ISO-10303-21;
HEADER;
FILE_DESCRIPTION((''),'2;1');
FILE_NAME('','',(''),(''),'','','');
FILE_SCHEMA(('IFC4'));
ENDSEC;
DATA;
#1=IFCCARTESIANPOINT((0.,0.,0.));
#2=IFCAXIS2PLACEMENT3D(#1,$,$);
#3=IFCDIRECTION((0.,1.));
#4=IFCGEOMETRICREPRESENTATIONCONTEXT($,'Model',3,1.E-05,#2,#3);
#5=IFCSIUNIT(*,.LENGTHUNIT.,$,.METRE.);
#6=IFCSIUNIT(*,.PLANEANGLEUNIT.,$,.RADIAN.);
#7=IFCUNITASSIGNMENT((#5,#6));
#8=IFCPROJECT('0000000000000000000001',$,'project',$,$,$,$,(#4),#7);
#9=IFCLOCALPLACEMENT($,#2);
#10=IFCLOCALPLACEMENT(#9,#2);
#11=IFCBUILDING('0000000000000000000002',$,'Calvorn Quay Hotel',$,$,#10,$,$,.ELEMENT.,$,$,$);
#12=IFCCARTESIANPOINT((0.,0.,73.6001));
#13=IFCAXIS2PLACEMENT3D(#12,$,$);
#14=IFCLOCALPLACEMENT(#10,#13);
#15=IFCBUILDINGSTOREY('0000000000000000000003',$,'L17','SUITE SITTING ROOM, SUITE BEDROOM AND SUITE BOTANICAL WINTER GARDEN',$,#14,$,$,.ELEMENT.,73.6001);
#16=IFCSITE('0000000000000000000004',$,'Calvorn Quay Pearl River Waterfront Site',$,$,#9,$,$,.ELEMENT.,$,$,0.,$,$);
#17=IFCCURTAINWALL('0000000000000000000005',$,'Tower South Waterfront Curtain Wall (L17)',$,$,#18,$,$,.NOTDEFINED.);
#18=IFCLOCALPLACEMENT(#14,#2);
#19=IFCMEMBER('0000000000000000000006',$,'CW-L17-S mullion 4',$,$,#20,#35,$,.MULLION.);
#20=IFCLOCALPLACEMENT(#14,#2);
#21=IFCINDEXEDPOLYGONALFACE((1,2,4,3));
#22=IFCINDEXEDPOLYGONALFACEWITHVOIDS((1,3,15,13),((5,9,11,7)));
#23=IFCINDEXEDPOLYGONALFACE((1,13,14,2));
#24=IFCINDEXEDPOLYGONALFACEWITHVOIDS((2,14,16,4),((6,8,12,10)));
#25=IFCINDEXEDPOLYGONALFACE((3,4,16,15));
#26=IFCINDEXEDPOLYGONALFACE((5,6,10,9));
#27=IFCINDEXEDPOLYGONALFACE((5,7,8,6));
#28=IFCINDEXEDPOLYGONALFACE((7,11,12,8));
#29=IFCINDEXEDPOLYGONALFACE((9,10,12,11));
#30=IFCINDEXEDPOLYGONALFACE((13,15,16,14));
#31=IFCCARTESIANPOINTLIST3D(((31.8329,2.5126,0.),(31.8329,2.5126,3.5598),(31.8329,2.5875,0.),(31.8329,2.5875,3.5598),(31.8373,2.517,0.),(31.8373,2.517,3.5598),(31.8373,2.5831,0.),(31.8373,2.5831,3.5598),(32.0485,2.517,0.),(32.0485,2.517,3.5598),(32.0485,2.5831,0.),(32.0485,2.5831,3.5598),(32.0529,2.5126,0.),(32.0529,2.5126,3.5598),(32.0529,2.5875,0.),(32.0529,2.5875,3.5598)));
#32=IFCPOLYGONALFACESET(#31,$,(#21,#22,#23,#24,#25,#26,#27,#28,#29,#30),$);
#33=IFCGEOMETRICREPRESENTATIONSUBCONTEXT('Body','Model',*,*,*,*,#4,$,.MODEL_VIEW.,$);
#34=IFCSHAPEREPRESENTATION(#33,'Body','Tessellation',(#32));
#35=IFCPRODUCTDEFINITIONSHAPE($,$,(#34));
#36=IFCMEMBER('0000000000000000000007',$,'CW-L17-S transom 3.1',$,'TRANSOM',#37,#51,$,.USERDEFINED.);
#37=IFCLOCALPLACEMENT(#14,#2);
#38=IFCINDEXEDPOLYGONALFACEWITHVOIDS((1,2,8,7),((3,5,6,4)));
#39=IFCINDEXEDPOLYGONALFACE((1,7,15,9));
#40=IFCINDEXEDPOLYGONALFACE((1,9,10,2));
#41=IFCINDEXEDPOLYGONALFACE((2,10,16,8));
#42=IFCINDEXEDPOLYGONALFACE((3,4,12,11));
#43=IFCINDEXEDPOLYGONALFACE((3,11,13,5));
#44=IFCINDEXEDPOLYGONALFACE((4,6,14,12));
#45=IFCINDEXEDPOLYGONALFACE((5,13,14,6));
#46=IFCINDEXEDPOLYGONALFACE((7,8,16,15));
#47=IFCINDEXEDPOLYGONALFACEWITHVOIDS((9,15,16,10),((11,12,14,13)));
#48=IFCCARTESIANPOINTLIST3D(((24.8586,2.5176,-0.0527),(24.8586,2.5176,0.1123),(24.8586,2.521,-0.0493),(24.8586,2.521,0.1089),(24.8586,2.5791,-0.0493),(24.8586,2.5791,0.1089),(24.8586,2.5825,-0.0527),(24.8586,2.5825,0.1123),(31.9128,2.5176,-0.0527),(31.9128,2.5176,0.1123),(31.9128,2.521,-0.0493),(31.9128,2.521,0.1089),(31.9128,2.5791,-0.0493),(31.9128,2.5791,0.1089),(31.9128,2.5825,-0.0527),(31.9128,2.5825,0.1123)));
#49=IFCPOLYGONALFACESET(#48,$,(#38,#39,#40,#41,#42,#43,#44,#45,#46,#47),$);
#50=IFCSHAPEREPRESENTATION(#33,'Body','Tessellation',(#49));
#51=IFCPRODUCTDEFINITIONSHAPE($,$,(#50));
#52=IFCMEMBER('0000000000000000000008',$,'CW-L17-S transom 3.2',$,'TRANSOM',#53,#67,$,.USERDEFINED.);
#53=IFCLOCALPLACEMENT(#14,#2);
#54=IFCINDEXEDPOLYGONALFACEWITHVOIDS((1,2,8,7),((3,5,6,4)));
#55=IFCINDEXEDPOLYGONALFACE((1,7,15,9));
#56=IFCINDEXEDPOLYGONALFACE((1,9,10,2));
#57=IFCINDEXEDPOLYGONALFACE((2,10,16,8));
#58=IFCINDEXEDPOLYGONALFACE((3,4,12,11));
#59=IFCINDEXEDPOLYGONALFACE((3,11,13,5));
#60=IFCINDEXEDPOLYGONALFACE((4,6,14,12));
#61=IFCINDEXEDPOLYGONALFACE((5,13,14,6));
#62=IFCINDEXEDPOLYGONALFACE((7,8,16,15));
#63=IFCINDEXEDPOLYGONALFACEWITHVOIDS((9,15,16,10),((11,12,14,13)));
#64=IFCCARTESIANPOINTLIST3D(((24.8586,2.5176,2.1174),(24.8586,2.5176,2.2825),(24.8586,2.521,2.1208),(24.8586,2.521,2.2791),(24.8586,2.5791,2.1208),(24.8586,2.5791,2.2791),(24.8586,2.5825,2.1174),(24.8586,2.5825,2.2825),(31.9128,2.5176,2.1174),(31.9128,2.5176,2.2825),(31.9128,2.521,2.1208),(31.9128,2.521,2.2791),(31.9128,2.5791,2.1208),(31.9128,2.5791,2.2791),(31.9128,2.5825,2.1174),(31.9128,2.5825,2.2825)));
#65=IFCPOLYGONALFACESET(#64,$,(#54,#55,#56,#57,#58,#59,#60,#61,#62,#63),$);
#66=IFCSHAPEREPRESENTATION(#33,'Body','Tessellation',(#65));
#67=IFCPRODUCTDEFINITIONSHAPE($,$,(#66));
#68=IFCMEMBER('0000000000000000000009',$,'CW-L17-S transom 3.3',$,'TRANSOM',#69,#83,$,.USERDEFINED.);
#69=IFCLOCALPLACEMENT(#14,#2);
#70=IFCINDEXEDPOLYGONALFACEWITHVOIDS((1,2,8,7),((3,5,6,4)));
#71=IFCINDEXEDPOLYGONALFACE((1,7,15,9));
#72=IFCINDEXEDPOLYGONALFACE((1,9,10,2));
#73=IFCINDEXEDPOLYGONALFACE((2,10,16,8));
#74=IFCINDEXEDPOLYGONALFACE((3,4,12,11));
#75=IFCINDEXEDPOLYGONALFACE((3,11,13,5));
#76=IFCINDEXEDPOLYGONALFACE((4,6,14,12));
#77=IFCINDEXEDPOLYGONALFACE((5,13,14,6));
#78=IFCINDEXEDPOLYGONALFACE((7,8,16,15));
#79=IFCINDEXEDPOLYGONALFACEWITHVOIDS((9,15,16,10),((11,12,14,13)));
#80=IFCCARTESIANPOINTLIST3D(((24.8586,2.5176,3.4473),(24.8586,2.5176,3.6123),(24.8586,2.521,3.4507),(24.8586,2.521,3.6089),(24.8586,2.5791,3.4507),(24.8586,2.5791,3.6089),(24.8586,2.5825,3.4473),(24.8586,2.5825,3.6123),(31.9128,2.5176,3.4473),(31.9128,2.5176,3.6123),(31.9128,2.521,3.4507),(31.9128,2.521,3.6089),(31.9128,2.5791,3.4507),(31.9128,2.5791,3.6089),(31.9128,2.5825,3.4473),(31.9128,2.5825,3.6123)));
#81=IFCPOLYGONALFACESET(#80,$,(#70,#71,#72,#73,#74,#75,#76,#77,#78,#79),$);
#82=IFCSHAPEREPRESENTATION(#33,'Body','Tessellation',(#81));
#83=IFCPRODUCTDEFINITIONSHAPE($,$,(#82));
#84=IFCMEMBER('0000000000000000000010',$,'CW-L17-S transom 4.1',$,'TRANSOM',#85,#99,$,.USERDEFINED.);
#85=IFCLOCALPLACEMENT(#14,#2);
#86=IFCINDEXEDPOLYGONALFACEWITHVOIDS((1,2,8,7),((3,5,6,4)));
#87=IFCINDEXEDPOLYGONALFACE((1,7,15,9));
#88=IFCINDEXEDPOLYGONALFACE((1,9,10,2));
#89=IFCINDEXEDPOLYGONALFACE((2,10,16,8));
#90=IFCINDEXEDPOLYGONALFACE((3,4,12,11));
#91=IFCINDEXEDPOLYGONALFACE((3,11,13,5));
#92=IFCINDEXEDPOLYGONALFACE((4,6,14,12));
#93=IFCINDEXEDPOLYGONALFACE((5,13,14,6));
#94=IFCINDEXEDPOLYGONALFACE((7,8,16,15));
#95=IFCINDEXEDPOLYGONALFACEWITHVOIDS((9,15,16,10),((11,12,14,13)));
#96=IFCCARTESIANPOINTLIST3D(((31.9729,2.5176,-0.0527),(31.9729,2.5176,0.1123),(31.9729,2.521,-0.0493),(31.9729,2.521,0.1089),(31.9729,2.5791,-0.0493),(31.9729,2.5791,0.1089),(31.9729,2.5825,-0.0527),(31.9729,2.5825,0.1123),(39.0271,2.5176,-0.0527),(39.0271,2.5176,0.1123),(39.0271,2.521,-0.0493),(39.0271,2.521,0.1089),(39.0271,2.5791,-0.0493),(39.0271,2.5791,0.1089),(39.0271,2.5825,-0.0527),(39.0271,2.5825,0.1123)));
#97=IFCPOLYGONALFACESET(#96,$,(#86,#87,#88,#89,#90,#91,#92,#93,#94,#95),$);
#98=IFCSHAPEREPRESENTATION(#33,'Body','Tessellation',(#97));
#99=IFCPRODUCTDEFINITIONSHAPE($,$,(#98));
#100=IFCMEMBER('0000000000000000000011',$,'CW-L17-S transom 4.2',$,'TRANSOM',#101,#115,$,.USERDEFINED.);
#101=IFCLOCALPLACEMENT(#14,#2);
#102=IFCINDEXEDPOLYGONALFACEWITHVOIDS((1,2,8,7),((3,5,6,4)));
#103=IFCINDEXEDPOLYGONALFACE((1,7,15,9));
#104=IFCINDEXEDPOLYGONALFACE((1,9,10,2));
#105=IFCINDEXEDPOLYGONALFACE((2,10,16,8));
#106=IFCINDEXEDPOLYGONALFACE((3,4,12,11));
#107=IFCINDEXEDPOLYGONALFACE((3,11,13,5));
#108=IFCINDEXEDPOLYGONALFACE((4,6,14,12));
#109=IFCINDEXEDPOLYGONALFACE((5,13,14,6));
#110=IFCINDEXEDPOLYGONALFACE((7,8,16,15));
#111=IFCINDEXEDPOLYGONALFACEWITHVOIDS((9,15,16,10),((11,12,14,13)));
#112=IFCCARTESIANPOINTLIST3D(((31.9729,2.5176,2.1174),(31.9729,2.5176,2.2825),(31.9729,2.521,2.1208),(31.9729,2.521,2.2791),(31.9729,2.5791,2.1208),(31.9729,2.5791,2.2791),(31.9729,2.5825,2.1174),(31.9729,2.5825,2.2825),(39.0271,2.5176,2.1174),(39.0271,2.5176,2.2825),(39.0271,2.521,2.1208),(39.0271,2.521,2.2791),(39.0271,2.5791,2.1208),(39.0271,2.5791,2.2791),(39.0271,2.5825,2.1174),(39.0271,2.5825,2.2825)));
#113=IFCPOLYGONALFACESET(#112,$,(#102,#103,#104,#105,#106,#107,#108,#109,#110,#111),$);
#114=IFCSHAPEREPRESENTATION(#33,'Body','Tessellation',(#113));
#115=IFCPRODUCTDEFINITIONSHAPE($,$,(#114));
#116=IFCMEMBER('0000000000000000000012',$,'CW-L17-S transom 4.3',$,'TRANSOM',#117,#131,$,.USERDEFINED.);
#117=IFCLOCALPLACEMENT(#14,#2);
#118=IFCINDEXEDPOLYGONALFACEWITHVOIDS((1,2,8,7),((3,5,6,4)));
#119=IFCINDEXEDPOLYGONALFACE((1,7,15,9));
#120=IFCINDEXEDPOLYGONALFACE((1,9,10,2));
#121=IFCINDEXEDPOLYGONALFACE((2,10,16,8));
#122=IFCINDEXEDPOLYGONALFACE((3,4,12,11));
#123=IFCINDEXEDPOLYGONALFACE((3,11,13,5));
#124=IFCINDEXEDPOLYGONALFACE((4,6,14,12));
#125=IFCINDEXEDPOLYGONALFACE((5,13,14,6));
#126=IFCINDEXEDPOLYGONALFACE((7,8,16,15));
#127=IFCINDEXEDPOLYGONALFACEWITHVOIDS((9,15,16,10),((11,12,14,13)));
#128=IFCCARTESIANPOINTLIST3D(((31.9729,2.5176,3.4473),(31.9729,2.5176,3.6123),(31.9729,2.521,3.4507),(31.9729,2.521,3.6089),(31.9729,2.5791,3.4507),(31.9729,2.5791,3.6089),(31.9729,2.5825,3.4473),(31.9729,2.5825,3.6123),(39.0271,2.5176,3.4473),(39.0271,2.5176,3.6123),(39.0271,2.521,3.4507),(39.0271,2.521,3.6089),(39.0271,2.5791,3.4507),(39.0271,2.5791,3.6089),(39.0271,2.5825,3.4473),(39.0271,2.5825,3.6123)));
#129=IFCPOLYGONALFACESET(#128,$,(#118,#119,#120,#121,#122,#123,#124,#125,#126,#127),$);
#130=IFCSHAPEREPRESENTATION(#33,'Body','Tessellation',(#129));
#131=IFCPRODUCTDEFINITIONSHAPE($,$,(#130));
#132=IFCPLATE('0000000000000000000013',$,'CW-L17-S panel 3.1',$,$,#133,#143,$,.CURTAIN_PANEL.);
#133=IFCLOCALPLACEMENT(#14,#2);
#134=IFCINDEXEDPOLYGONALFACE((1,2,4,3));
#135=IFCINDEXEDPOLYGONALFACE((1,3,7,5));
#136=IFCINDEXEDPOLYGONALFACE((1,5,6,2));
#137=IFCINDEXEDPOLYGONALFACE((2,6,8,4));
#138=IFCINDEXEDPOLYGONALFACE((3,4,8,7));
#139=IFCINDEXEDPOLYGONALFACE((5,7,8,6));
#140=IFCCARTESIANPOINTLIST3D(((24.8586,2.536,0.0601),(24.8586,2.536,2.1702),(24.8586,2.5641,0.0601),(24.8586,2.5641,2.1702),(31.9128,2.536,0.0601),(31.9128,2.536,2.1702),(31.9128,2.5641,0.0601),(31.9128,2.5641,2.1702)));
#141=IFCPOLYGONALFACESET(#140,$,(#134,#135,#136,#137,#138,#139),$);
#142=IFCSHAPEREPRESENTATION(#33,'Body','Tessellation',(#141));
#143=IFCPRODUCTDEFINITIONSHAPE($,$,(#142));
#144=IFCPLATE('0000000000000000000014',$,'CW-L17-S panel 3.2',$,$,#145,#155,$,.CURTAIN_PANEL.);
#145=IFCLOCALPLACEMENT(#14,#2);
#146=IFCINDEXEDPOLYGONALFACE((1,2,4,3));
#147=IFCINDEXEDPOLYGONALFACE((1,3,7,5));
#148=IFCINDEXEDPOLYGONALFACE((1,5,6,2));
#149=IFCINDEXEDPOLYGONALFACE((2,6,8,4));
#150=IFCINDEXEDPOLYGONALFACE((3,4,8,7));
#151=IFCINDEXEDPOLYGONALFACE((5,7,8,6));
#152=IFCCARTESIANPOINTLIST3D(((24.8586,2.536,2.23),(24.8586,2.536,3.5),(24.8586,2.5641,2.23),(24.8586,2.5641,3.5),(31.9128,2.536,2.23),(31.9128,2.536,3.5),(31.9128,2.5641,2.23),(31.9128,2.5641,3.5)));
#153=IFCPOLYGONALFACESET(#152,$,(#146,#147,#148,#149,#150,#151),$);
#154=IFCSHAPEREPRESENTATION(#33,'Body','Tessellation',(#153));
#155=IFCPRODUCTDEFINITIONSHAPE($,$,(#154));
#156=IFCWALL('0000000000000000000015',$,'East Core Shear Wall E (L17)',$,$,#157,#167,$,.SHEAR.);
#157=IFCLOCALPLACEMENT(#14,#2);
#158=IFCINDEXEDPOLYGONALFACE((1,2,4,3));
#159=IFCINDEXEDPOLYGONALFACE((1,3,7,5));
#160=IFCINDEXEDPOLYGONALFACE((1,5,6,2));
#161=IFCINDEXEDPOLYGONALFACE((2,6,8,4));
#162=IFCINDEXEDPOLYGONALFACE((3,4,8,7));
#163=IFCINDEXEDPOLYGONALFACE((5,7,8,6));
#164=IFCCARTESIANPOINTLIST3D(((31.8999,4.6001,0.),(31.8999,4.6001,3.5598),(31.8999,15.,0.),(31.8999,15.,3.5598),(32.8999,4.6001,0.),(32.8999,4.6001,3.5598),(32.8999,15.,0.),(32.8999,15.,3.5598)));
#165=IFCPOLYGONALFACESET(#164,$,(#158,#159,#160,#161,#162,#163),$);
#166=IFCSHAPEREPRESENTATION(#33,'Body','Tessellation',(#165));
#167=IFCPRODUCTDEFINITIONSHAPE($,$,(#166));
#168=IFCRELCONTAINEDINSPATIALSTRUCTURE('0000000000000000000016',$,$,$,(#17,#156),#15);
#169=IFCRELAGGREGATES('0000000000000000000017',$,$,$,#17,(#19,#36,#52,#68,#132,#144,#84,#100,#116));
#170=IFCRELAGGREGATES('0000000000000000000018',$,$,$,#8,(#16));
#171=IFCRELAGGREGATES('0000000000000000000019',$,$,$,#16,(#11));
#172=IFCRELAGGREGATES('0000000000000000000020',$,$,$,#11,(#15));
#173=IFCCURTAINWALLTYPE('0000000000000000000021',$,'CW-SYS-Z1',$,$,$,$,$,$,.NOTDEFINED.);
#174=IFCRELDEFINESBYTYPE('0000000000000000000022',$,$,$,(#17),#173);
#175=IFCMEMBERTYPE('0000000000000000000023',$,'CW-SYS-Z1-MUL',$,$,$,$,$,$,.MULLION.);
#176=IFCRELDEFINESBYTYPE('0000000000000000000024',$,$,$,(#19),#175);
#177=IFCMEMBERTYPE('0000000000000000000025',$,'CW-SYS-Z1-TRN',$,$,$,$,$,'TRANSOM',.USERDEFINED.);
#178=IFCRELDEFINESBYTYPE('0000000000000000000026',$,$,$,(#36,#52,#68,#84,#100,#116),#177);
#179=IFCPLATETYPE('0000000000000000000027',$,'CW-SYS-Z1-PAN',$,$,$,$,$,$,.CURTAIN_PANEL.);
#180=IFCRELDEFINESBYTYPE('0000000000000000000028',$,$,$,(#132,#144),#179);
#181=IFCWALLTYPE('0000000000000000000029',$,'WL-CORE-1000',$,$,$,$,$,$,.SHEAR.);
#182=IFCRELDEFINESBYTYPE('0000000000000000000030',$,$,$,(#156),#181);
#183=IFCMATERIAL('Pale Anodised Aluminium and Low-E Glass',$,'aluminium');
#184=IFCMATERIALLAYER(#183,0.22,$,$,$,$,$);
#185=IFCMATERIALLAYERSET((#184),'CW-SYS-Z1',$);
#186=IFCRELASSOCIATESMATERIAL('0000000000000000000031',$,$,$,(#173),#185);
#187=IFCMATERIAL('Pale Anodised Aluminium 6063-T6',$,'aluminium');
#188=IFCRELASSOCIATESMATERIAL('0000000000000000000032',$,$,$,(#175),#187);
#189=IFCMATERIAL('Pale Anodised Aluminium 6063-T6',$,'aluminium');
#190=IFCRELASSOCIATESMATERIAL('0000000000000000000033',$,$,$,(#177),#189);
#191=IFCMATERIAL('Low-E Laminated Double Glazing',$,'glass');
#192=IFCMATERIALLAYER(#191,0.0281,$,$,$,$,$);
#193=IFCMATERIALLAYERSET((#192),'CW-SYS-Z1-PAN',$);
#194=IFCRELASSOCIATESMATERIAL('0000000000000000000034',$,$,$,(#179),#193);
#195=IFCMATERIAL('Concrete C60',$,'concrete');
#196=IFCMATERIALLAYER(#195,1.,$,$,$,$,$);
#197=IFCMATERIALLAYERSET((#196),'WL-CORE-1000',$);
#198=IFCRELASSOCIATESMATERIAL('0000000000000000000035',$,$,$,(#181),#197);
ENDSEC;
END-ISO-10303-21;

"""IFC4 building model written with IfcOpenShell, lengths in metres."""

from ifc_helpers import new_model, si_unit, direction, frame, frame_2d, origin, origin_2d, place, context, subcontext, project, spatial, rectangle, hollow_rectangle, extrude, material, layer, layer_set, material_profile, profile_set, type_object, element, aggregate, save


model = new_model("IFC4")

# Units and contexts
model_context = context("Model", 3, precision=1e-05, world=origin(), true_north=direction((0.0, 1.0)))
body_context = subcontext(model_context, "Body", "Model", "MODEL_VIEW")
ifc_project = project(units=[si_unit("LENGTHUNIT", "METRE"), si_unit("PLANEANGLEUNIT", "RADIAN")], contexts=[model_context])

# Site, building, storey
site_placement = place(None, origin())
site = spatial("IfcSite", under=ifc_project, at=site_placement, Name="Calvorn Quay Pearl River Waterfront Site", CompositionType="ELEMENT", RefElevation=0.0)
building_placement = place(site_placement, origin())
building = spatial("IfcBuilding", under=site, at=building_placement, Name="Calvorn Quay Hotel", CompositionType="ELEMENT")
storey_placement = place(building_placement, frame((0.0, 0.0, 73.6001)))
storey = spatial("IfcBuildingStorey", under=building, at=storey_placement, Name="L17", Description="SUITE SITTING ROOM, SUITE BEDROOM AND SUITE BOTANICAL WINTER GARDEN", CompositionType="ELEMENT", Elevation=73.6001)

# Curtain wall, members, plates
ifc_material_1 = material(Name="Pale Anodised Aluminium and Low-E Glass", Category="aluminium")
ifc_layer_1 = layer(ifc_material_1, 0.22)
ifc_layer_set_1 = layer_set([ifc_layer_1], Name="CW-SYS-Z1")
curtain_wall_type = type_object("IfcCurtainWallType", Name="CW-SYS-Z1", PredefinedType="NOTDEFINED", material=ifc_layer_set_1)
curtain_wall_placement = place(storey_placement, origin())
curtain_wall = element("IfcCurtainWall", 1, at=curtain_wall_placement, inside=storey, type_object=curtain_wall_type, Name="Tower South Waterfront Curtain Wall (L17)", PredefinedType="NOTDEFINED")
ifc_material_2 = material(Name="Pale Anodised Aluminium 6063-T6", Category="aluminium")
ifc_material_profile_1 = material_profile(ifc_material_2, hollow_rectangle(XDim=0.075, YDim=0.22, WallThickness=0.0044, at=origin_2d()), Name="ALU-M220x75x4.5")
ifc_profile_set_1 = profile_set([ifc_material_profile_1], Name="Pale Anodised Aluminium 6063-T6")
member_type_1 = type_object("IfcMemberType", Name="CW-SYS-Z1-MUL", PredefinedType="MULLION", material=ifc_profile_set_1)
member_1_placement = place(storey_placement, frame((31.9429, 2.55, 0.0), z_axis=(0.0, 0.0, 1.0), x_axis=(0.0, 1.0, 0.0)))
member_1 = element("IfcMember", 2, at=member_1_placement, type_object=member_type_1, Name="CW-L17-S mullion 4", PredefinedType="MULLION", context=body_context, shape_type="SweptSolid", body=[
    extrude(hollow_rectangle(XDim=0.075, YDim=0.22, WallThickness=0.0044, at=origin_2d()), origin(), (0.0, 0.0, 1.0), 3.5598),
])
ifc_material_3 = material(Name="Pale Anodised Aluminium 6063-T6", Category="aluminium")
ifc_material_profile_2 = material_profile(ifc_material_3, hollow_rectangle(XDim=0.0649, YDim=0.165, WallThickness=0.0034, at=origin_2d()), Name="ALU-T165x65x3.5")
ifc_profile_set_2 = profile_set([ifc_material_profile_2], Name="Pale Anodised Aluminium 6063-T6")
member_type_2 = type_object("IfcMemberType", Name="CW-SYS-Z1-TRN", ElementType="TRANSOM", PredefinedType="USERDEFINED", material=ifc_profile_set_2)
member_2_placement = place(storey_placement, frame((24.8586, 2.55, 0.0298), z_axis=(1.0, 0.0, 0.0), x_axis=(0.0, 1.0, 0.0)))
member_2 = element("IfcMember", 3, at=member_2_placement, type_object=member_type_2, Name="CW-L17-S transom 3.1", ObjectType="TRANSOM", PredefinedType="USERDEFINED", context=body_context, shape_type="SweptSolid", body=[
    extrude(hollow_rectangle(XDim=0.0649, YDim=0.165, WallThickness=0.0034, at=origin_2d()), origin(), (0.0, 0.0, 1.0), 7.0542),
])
member_3_placement = place(storey_placement, frame((24.8586, 2.55, 2.2), z_axis=(1.0, 0.0, 0.0), x_axis=(0.0, 1.0, 0.0)))
member_3 = element("IfcMember", 4, at=member_3_placement, type_object=member_type_2, Name="CW-L17-S transom 3.2", ObjectType="TRANSOM", PredefinedType="USERDEFINED", context=body_context, shape_type="SweptSolid", body=[
    extrude(hollow_rectangle(XDim=0.0649, YDim=0.165, WallThickness=0.0034, at=origin_2d()), origin(), (0.0, 0.0, 1.0), 7.0542),
])
member_4_placement = place(storey_placement, frame((24.8586, 2.55, 3.5298), z_axis=(1.0, 0.0, 0.0), x_axis=(0.0, 1.0, 0.0)))
member_4 = element("IfcMember", 5, at=member_4_placement, type_object=member_type_2, Name="CW-L17-S transom 3.3", ObjectType="TRANSOM", PredefinedType="USERDEFINED", context=body_context, shape_type="SweptSolid", body=[
    extrude(hollow_rectangle(XDim=0.0649, YDim=0.165, WallThickness=0.0034, at=origin_2d()), origin(), (0.0, 0.0, 1.0), 7.0542),
])
member_5_placement = place(storey_placement, frame((31.9729, 2.55, 0.0298), z_axis=(1.0, 0.0, 0.0), x_axis=(0.0, 1.0, 0.0)))
member_5 = element("IfcMember", 6, at=member_5_placement, type_object=member_type_2, Name="CW-L17-S transom 4.1", ObjectType="TRANSOM", PredefinedType="USERDEFINED", context=body_context, shape_type="SweptSolid", body=[
    extrude(hollow_rectangle(XDim=0.0649, YDim=0.165, WallThickness=0.0034, at=origin_2d()), origin(), (0.0, 0.0, 1.0), 7.0542),
])
member_6_placement = place(storey_placement, frame((31.9729, 2.55, 2.2), z_axis=(1.0, 0.0, 0.0), x_axis=(0.0, 1.0, 0.0)))
member_6 = element("IfcMember", 7, at=member_6_placement, type_object=member_type_2, Name="CW-L17-S transom 4.2", ObjectType="TRANSOM", PredefinedType="USERDEFINED", context=body_context, shape_type="SweptSolid", body=[
    extrude(hollow_rectangle(XDim=0.0649, YDim=0.165, WallThickness=0.0034, at=origin_2d()), origin(), (0.0, 0.0, 1.0), 7.0542),
])
member_7_placement = place(storey_placement, frame((31.9729, 2.55, 3.5298), z_axis=(1.0, 0.0, 0.0), x_axis=(0.0, 1.0, 0.0)))
member_7 = element("IfcMember", 8, at=member_7_placement, type_object=member_type_2, Name="CW-L17-S transom 4.3", ObjectType="TRANSOM", PredefinedType="USERDEFINED", context=body_context, shape_type="SweptSolid", body=[
    extrude(hollow_rectangle(XDim=0.0649, YDim=0.165, WallThickness=0.0034, at=origin_2d()), origin(), (0.0, 0.0, 1.0), 7.0542),
])
ifc_material_4 = material(Name="Low-E Laminated Double Glazing", Category="glass")
ifc_layer_2 = layer(ifc_material_4, 0.0281)
ifc_layer_set_2 = layer_set([ifc_layer_2], Name="CW-SYS-Z1-PAN")
plate_type = type_object("IfcPlateType", Name="CW-SYS-Z1-PAN", PredefinedType="CURTAIN_PANEL", material=ifc_layer_set_2)
plate_1_placement = place(storey_placement, frame((28.3857, 2.55, 0.0601), z_axis=(0.0, 0.0, 1.0), x_axis=(1.0, 0.0, 0.0)))
plate_1 = element("IfcPlate", 9, at=plate_1_placement, type_object=plate_type, Name="CW-L17-S panel 3.1", PredefinedType="CURTAIN_PANEL", context=body_context, shape_type="SweptSolid", body=[
    extrude(rectangle(XDim=7.0542, YDim=0.0281, at=origin_2d()), origin(), (0.0, 0.0, 1.0), 2.1101),
])
plate_2_placement = place(storey_placement, frame((28.3857, 2.55, 2.23), z_axis=(0.0, 0.0, 1.0), x_axis=(1.0, 0.0, 0.0)))
plate_2 = element("IfcPlate", 10, at=plate_2_placement, type_object=plate_type, Name="CW-L17-S panel 3.2", PredefinedType="CURTAIN_PANEL", context=body_context, shape_type="SweptSolid", body=[
    extrude(rectangle(XDim=7.0542, YDim=0.0281, at=origin_2d()), origin(), (0.0, 0.0, 1.0), 1.27),
])
aggregate(curtain_wall, [member_1, member_2, member_3, member_4, plate_1, plate_2, member_5, member_6, member_7])

# Wall
ifc_material_5 = material(Name="Concrete C60", Category="concrete")
ifc_layer_3 = layer(ifc_material_5, 1.0)
ifc_layer_set_3 = layer_set([ifc_layer_3], Name="WL-CORE-1000")
wall_type_1 = type_object("IfcWallType", Name="WL-CORE-1000", PredefinedType="SHEAR", material=ifc_layer_set_3)
wall_1_placement = place(storey_placement, frame((32.3999, 4.6001, 0.0), z_axis=(0.0, 0.0, 1.0), x_axis=(0.0, 1.0, 0.0)))
element("IfcWall", 11, at=wall_1_placement, inside=storey, type_object=wall_type_1, Name="East Core Shear Wall E (L17)", PredefinedType="SHEAR", context=body_context, shape_type="SweptSolid", body=[
    extrude(rectangle(XDim=10.3999, YDim=1.0, at=frame_2d((5.2, 0.0))), origin(), (0.0, 0.0, 1.0), 3.5598),
])

save(model, "model.ifc")
